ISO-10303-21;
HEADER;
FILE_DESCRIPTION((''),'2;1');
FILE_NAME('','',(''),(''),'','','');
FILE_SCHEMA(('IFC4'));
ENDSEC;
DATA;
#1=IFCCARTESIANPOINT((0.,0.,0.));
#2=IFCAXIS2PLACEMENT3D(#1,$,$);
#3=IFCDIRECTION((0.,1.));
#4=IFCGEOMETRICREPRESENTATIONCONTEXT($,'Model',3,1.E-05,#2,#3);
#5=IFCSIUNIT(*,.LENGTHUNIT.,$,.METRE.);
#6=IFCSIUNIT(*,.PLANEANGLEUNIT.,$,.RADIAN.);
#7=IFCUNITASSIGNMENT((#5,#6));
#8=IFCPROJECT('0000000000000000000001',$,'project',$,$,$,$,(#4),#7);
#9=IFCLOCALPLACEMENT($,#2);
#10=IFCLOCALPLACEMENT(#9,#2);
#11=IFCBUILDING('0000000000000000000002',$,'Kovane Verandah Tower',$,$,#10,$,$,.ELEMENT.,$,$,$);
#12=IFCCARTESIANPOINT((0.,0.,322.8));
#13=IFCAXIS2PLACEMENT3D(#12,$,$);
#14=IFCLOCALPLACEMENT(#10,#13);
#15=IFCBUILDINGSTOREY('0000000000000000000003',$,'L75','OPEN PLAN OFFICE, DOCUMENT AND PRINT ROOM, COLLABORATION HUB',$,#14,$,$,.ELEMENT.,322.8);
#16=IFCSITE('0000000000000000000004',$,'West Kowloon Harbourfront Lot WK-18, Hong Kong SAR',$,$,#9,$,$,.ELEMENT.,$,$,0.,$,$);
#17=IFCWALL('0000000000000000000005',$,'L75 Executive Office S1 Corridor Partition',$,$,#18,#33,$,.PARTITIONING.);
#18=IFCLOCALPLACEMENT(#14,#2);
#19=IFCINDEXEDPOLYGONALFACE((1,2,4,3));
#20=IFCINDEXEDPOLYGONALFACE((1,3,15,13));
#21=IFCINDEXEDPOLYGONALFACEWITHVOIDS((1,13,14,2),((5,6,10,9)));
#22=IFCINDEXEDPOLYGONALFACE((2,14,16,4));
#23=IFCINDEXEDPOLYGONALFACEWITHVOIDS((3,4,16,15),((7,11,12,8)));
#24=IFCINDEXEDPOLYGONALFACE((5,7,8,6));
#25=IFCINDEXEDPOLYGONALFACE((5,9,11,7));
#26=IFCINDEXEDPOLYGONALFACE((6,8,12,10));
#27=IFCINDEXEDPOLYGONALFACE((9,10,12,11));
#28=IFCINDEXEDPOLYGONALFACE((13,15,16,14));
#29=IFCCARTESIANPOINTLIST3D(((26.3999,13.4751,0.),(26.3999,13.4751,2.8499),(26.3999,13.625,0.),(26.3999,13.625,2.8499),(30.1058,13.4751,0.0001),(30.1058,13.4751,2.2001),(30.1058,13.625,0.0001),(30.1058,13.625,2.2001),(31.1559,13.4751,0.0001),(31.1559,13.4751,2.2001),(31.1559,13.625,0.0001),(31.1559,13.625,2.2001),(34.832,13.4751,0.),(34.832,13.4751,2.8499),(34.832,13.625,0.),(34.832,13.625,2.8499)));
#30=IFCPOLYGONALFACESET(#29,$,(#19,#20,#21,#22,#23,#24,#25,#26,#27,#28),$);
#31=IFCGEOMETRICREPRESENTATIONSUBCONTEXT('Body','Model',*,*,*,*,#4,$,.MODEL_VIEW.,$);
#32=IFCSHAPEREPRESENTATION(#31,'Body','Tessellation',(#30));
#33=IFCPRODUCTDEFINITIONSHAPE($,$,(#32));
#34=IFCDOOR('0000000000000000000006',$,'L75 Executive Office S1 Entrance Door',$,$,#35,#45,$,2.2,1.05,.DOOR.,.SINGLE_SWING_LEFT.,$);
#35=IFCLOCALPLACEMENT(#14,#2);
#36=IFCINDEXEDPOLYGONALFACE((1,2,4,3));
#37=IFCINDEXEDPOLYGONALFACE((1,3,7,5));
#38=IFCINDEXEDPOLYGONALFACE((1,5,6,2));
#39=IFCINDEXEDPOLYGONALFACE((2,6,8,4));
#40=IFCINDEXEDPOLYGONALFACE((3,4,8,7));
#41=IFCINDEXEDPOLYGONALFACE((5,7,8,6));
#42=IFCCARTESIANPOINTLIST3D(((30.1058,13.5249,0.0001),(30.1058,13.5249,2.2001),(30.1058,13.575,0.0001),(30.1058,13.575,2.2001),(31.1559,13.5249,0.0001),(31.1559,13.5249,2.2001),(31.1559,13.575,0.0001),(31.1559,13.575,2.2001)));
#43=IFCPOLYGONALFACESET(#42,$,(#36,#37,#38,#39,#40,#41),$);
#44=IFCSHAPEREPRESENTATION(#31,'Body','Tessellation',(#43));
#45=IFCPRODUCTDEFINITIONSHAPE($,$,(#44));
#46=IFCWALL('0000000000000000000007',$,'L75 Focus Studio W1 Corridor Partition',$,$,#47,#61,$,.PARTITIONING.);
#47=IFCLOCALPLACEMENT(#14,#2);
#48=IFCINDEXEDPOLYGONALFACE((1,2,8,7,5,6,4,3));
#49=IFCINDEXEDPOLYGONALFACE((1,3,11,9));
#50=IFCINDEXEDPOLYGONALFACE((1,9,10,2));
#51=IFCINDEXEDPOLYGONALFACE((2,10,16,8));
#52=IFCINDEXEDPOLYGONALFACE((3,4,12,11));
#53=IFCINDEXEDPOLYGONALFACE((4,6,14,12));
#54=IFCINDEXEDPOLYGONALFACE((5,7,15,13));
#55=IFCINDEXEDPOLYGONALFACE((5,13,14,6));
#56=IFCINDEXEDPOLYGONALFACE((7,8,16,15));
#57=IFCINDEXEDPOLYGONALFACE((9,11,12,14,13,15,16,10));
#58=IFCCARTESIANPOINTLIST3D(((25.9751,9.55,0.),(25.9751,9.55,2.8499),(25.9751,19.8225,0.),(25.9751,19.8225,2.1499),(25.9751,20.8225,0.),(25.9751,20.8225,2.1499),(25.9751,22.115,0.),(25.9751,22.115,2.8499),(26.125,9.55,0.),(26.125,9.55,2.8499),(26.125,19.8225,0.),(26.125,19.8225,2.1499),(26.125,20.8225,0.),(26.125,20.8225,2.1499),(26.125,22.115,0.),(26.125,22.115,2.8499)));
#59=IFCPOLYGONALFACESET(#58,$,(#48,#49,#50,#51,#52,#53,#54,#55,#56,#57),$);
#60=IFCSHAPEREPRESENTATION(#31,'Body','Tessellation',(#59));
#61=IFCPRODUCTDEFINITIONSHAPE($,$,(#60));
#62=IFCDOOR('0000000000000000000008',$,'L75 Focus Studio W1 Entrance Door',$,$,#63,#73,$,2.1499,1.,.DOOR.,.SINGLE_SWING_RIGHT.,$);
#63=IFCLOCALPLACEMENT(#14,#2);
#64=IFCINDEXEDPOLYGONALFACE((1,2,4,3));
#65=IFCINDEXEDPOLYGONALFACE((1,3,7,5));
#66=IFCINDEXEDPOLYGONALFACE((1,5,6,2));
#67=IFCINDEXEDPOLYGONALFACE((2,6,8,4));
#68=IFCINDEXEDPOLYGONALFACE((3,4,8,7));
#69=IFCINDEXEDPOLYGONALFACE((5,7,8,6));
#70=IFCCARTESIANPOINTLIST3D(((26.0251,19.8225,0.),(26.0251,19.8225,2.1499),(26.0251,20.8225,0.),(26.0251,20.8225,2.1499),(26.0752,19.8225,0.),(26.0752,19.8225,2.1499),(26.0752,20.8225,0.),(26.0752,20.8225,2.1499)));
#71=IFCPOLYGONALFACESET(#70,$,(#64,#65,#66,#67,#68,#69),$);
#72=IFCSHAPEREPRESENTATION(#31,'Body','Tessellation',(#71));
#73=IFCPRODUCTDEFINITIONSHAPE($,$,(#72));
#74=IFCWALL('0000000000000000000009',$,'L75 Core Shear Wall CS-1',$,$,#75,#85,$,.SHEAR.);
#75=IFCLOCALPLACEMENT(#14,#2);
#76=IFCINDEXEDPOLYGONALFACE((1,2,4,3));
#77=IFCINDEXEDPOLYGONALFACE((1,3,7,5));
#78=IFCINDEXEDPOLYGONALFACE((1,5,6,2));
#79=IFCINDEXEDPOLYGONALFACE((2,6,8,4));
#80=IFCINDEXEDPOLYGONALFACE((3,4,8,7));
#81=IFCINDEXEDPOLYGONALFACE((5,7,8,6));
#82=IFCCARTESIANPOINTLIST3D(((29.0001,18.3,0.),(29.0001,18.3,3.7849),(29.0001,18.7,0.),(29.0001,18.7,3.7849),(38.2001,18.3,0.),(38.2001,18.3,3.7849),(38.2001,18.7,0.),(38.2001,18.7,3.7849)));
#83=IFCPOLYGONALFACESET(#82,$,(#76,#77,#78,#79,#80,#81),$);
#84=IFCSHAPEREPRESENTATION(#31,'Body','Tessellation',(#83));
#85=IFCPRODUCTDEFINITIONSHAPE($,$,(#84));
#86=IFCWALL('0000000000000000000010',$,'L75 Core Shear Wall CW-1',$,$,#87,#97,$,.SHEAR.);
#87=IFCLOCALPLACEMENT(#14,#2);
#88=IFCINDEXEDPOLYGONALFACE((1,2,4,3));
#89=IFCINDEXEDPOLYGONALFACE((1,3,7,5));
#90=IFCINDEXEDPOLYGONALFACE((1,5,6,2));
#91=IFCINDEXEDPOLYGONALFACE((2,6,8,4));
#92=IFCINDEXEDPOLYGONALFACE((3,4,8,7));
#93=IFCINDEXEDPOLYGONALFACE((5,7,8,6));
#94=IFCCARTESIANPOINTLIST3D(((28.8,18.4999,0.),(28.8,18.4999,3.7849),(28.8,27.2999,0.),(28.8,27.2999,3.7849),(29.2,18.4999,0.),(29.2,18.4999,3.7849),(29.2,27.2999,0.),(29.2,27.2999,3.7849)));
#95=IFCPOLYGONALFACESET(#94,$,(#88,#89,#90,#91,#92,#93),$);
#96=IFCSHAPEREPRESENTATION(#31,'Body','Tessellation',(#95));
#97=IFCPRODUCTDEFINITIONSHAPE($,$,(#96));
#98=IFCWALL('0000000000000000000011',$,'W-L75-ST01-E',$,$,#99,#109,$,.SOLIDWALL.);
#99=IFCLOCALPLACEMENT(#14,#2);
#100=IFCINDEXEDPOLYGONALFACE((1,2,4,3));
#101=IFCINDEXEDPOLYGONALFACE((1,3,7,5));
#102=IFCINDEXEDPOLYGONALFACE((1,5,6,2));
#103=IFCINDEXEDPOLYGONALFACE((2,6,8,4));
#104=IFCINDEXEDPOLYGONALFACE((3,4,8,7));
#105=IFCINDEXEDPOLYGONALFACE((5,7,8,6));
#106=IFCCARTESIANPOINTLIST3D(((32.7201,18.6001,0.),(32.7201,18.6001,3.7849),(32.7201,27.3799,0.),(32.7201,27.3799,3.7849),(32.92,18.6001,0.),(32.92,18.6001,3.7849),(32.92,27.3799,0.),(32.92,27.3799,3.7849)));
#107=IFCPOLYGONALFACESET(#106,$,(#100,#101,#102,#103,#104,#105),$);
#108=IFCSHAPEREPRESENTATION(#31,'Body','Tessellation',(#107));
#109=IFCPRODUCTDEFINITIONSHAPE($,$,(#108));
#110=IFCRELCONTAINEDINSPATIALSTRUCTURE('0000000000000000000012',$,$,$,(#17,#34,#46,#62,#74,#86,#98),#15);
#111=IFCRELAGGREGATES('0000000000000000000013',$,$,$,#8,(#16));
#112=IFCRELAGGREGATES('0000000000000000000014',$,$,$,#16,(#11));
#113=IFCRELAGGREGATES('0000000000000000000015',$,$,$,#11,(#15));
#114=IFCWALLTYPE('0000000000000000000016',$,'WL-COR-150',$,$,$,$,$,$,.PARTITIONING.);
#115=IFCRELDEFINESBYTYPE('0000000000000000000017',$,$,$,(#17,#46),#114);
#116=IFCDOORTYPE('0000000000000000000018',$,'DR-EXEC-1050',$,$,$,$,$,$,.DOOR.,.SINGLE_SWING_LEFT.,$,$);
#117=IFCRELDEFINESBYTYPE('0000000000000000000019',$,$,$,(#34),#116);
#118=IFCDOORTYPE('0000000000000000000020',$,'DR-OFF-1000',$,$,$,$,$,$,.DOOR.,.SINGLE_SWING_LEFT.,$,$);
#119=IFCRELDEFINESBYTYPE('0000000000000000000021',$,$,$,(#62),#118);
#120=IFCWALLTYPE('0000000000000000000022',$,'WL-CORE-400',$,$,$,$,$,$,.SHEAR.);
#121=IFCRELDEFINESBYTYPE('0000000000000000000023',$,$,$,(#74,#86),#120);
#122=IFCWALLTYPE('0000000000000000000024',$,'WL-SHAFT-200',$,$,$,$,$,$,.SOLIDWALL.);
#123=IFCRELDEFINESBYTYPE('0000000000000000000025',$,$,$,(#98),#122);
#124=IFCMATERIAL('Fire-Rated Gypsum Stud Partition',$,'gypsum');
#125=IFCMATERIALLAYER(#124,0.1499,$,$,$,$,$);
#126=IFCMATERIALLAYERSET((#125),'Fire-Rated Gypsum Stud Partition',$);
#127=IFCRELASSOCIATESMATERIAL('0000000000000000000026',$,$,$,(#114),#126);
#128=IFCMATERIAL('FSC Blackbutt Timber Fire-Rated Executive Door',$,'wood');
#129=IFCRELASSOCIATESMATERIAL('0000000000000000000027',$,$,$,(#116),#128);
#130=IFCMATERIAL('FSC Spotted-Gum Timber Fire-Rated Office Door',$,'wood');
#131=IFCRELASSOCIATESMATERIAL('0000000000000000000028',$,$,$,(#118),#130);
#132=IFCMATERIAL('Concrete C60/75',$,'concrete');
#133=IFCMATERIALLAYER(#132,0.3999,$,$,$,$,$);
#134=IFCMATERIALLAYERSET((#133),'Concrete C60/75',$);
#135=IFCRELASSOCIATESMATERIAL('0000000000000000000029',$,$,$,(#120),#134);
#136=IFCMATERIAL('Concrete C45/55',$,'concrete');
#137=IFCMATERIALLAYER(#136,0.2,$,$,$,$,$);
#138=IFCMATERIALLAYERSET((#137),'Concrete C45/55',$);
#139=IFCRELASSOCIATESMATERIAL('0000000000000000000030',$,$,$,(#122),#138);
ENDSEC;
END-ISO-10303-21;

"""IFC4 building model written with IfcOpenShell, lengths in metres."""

from ifc_helpers import new_model, si_unit, direction, frame, frame_2d, origin, place, context, subcontext, project, spatial, rectangle, extrude, material, layer, layer_set, type_object, element, fill, save


model = new_model("IFC4")

# Units and contexts
model_context = context("Model", 3, precision=1e-05, world=origin(), true_north=direction((0.0, 1.0)))
body_context = subcontext(model_context, "Body", "Model", "MODEL_VIEW")
ifc_project = project(units=[si_unit("LENGTHUNIT", "METRE"), si_unit("PLANEANGLEUNIT", "RADIAN")], contexts=[model_context])

# Site, building, storey
site_placement = place(None, origin())
site = spatial("IfcSite", under=ifc_project, at=site_placement, Name="West Kowloon Harbourfront Lot WK-18, Hong Kong SAR", CompositionType="ELEMENT", RefElevation=0.0)
building_placement = place(site_placement, origin())
building = spatial("IfcBuilding", under=site, at=building_placement, Name="Kovane Verandah Tower", CompositionType="ELEMENT")
storey_placement = place(building_placement, frame((0.0, 0.0, 322.8)))
storey = spatial("IfcBuildingStorey", under=building, at=storey_placement, Name="L75", Description="OPEN PLAN OFFICE, DOCUMENT AND PRINT ROOM, COLLABORATION HUB", CompositionType="ELEMENT", Elevation=322.8)

# Shared definitions
ifc_material_1 = material(Name="Concrete C60/75", Category="concrete")

# Walls, openings, doors
ifc_material_2 = material(Name="Fire-Rated Gypsum Stud Partition", Category="gypsum")
ifc_layer_1 = layer(ifc_material_2, 0.1499)
ifc_layer_set_1 = layer_set([ifc_layer_1], Name="Fire-Rated Gypsum Stud Partition")
wall_type_1 = type_object("IfcWallType", Name="WL-COR-150", PredefinedType="PARTITIONING", material=ifc_layer_set_1)
wall_1_placement = place(storey_placement, frame((26.3999, 13.55, 0.0), z_axis=(0.0, 0.0, 1.0), x_axis=(1.0, 0.0, 0.0)))
wall_1 = element("IfcWall", 1, at=wall_1_placement, inside=storey, type_object=wall_type_1, Name="L75 Executive Office S1 Corridor Partition", PredefinedType="PARTITIONING", context=body_context, shape_type="SweptSolid", body=[
    extrude(rectangle(XDim=8.4321, YDim=0.1499, at=frame_2d((4.2161, 0.0))), origin(), (0.0, 0.0, 1.0), 2.8499),
])
opening_1_placement = place(wall_1_placement, frame((3.7061, 0.0, 0.0)))
opening_1 = element("IfcOpeningElement", 2, at=opening_1_placement, cuts=wall_1, PredefinedType="OPENING", context=body_context, shape_type="SweptSolid", body=[
    extrude(rectangle(XDim=1.05, YDim=2.2, at=frame_2d((0.5249, 1.1001))), frame((0.0, 0.075, 0.0), z_axis=(0.0, -1.0, 0.0), x_axis=(1.0, 0.0, 0.0)), (0.0, 0.0, 1.0), 0.1499),
])
ifc_material_3 = material(Name="FSC Blackbutt Timber Fire-Rated Executive Door", Category="wood")
door_type_1 = type_object("IfcDoorType", Name="DR-EXEC-1050", OperationType="SINGLE_SWING_LEFT", PredefinedType="DOOR", material=ifc_material_3)
door_1_placement = place(opening_1_placement, origin())
door_1 = element("IfcDoor", 3, at=door_1_placement, inside=storey, type_object=door_type_1, Name="L75 Executive Office S1 Entrance Door", OperationType="SINGLE_SWING_LEFT", OverallHeight=2.2, OverallWidth=1.05, PredefinedType="DOOR", context=body_context, shape_type="SweptSolid", body=[
    extrude(rectangle(XDim=1.05, YDim=2.2, at=frame_2d((0.5249, 1.1001))), frame((0.0, 0.0249, 0.0), z_axis=(0.0, -1.0, 0.0), x_axis=(1.0, 0.0, 0.0)), (0.0, 0.0, 1.0), 0.05),
])
fill(opening_1, door_1)
wall_2_placement = place(storey_placement, frame((26.05, 9.55, 0.0), z_axis=(0.0, 0.0, 1.0), x_axis=(0.0, 1.0, 0.0)))
wall_2 = element("IfcWall", 4, at=wall_2_placement, inside=storey, type_object=wall_type_1, Name="L75 Focus Studio W1 Corridor Partition", PredefinedType="PARTITIONING", context=body_context, shape_type="SweptSolid", body=[
    extrude(rectangle(XDim=12.5649, YDim=0.1499, at=frame_2d((6.2825, 0.0))), origin(), (0.0, 0.0, 1.0), 2.8499),
])
opening_2_placement = place(wall_2_placement, frame((10.2725, 0.0, 0.0)))
opening_2 = element("IfcOpeningElement", 5, at=opening_2_placement, cuts=wall_2, PredefinedType="OPENING", context=body_context, shape_type="SweptSolid", body=[
    extrude(rectangle(XDim=1.0, YDim=2.1499, at=frame_2d((0.5, 1.075))), frame((0.0, 0.075, 0.0), z_axis=(0.0, -1.0, 0.0), x_axis=(1.0, 0.0, 0.0)), (0.0, 0.0, 1.0), 0.1499),
])
ifc_material_4 = material(Name="FSC Spotted-Gum Timber Fire-Rated Office Door", Category="wood")
door_type_2 = type_object("IfcDoorType", Name="DR-OFF-1000", OperationType="SINGLE_SWING_LEFT", PredefinedType="DOOR", material=ifc_material_4)
door_2_placement = place(opening_2_placement, origin())
door_2 = element("IfcDoor", 6, at=door_2_placement, inside=storey, type_object=door_type_2, Name="L75 Focus Studio W1 Entrance Door", OperationType="SINGLE_SWING_RIGHT", OverallHeight=2.1499, OverallWidth=1.0, PredefinedType="DOOR", context=body_context, shape_type="SweptSolid", body=[
    extrude(rectangle(XDim=1.0, YDim=2.1499, at=frame_2d((0.5, 1.075))), frame((0.0, 0.0249, 0.0), z_axis=(0.0, -1.0, 0.0), x_axis=(1.0, 0.0, 0.0)), (0.0, 0.0, 1.0), 0.05),
])
fill(opening_2, door_2)

# Walls
ifc_layer_2 = layer(ifc_material_1, 0.3999)
ifc_layer_set_2 = layer_set([ifc_layer_2], Name="Concrete C60/75")
wall_type_2 = type_object("IfcWallType", Name="WL-CORE-400", PredefinedType="SHEAR", material=ifc_layer_set_2)
wall_3_placement = place(storey_placement, frame((29.0, 18.5, 0.0), z_axis=(0.0, 0.0, 1.0), x_axis=(1.0, 0.0, 0.0)))
element("IfcWall", 7, at=wall_3_placement, inside=storey, type_object=wall_type_2, Name="L75 Core Shear Wall CS-1", PredefinedType="SHEAR", context=body_context, shape_type="SweptSolid", body=[
    extrude(rectangle(XDim=9.2, YDim=0.3999, at=frame_2d((4.6001, 0.0))), origin(), (0.0, 0.0, 1.0), 3.7849),
])
wall_4_placement = place(storey_placement, frame((29.0, 18.5, 0.0), z_axis=(0.0, 0.0, 1.0), x_axis=(0.0, 1.0, 0.0)))
element("IfcWall", 8, at=wall_4_placement, inside=storey, type_object=wall_type_2, Name="L75 Core Shear Wall CW-1", PredefinedType="SHEAR", context=body_context, shape_type="SweptSolid", body=[
    extrude(rectangle(XDim=8.8, YDim=0.3999, at=frame_2d((4.3999, 0.0))), origin(), (0.0, 0.0, 1.0), 3.7849),
])
ifc_material_5 = material(Name="Concrete C45/55", Category="concrete")
ifc_layer_3 = layer(ifc_material_5, 0.2)
ifc_layer_set_3 = layer_set([ifc_layer_3], Name="Concrete C45/55")
wall_type_3 = type_object("IfcWallType", Name="WL-SHAFT-200", PredefinedType="SOLIDWALL", material=ifc_layer_set_3)
wall_5_placement = place(storey_placement, frame((32.8201, 18.6001, 0.0), z_axis=(0.0, 0.0, 1.0), x_axis=(0.0, 1.0, 0.0)))
element("IfcWall", 9, at=wall_5_placement, inside=storey, type_object=wall_type_3, Name="W-L75-ST01-E", PredefinedType="SOLIDWALL", context=body_context, shape_type="SweptSolid", body=[
    extrude(rectangle(XDim=8.7798, YDim=0.2, at=frame_2d((4.3899, 0.0))), origin(), (0.0, 0.0, 1.0), 3.7849),
])

save(model, "model.ifc")
